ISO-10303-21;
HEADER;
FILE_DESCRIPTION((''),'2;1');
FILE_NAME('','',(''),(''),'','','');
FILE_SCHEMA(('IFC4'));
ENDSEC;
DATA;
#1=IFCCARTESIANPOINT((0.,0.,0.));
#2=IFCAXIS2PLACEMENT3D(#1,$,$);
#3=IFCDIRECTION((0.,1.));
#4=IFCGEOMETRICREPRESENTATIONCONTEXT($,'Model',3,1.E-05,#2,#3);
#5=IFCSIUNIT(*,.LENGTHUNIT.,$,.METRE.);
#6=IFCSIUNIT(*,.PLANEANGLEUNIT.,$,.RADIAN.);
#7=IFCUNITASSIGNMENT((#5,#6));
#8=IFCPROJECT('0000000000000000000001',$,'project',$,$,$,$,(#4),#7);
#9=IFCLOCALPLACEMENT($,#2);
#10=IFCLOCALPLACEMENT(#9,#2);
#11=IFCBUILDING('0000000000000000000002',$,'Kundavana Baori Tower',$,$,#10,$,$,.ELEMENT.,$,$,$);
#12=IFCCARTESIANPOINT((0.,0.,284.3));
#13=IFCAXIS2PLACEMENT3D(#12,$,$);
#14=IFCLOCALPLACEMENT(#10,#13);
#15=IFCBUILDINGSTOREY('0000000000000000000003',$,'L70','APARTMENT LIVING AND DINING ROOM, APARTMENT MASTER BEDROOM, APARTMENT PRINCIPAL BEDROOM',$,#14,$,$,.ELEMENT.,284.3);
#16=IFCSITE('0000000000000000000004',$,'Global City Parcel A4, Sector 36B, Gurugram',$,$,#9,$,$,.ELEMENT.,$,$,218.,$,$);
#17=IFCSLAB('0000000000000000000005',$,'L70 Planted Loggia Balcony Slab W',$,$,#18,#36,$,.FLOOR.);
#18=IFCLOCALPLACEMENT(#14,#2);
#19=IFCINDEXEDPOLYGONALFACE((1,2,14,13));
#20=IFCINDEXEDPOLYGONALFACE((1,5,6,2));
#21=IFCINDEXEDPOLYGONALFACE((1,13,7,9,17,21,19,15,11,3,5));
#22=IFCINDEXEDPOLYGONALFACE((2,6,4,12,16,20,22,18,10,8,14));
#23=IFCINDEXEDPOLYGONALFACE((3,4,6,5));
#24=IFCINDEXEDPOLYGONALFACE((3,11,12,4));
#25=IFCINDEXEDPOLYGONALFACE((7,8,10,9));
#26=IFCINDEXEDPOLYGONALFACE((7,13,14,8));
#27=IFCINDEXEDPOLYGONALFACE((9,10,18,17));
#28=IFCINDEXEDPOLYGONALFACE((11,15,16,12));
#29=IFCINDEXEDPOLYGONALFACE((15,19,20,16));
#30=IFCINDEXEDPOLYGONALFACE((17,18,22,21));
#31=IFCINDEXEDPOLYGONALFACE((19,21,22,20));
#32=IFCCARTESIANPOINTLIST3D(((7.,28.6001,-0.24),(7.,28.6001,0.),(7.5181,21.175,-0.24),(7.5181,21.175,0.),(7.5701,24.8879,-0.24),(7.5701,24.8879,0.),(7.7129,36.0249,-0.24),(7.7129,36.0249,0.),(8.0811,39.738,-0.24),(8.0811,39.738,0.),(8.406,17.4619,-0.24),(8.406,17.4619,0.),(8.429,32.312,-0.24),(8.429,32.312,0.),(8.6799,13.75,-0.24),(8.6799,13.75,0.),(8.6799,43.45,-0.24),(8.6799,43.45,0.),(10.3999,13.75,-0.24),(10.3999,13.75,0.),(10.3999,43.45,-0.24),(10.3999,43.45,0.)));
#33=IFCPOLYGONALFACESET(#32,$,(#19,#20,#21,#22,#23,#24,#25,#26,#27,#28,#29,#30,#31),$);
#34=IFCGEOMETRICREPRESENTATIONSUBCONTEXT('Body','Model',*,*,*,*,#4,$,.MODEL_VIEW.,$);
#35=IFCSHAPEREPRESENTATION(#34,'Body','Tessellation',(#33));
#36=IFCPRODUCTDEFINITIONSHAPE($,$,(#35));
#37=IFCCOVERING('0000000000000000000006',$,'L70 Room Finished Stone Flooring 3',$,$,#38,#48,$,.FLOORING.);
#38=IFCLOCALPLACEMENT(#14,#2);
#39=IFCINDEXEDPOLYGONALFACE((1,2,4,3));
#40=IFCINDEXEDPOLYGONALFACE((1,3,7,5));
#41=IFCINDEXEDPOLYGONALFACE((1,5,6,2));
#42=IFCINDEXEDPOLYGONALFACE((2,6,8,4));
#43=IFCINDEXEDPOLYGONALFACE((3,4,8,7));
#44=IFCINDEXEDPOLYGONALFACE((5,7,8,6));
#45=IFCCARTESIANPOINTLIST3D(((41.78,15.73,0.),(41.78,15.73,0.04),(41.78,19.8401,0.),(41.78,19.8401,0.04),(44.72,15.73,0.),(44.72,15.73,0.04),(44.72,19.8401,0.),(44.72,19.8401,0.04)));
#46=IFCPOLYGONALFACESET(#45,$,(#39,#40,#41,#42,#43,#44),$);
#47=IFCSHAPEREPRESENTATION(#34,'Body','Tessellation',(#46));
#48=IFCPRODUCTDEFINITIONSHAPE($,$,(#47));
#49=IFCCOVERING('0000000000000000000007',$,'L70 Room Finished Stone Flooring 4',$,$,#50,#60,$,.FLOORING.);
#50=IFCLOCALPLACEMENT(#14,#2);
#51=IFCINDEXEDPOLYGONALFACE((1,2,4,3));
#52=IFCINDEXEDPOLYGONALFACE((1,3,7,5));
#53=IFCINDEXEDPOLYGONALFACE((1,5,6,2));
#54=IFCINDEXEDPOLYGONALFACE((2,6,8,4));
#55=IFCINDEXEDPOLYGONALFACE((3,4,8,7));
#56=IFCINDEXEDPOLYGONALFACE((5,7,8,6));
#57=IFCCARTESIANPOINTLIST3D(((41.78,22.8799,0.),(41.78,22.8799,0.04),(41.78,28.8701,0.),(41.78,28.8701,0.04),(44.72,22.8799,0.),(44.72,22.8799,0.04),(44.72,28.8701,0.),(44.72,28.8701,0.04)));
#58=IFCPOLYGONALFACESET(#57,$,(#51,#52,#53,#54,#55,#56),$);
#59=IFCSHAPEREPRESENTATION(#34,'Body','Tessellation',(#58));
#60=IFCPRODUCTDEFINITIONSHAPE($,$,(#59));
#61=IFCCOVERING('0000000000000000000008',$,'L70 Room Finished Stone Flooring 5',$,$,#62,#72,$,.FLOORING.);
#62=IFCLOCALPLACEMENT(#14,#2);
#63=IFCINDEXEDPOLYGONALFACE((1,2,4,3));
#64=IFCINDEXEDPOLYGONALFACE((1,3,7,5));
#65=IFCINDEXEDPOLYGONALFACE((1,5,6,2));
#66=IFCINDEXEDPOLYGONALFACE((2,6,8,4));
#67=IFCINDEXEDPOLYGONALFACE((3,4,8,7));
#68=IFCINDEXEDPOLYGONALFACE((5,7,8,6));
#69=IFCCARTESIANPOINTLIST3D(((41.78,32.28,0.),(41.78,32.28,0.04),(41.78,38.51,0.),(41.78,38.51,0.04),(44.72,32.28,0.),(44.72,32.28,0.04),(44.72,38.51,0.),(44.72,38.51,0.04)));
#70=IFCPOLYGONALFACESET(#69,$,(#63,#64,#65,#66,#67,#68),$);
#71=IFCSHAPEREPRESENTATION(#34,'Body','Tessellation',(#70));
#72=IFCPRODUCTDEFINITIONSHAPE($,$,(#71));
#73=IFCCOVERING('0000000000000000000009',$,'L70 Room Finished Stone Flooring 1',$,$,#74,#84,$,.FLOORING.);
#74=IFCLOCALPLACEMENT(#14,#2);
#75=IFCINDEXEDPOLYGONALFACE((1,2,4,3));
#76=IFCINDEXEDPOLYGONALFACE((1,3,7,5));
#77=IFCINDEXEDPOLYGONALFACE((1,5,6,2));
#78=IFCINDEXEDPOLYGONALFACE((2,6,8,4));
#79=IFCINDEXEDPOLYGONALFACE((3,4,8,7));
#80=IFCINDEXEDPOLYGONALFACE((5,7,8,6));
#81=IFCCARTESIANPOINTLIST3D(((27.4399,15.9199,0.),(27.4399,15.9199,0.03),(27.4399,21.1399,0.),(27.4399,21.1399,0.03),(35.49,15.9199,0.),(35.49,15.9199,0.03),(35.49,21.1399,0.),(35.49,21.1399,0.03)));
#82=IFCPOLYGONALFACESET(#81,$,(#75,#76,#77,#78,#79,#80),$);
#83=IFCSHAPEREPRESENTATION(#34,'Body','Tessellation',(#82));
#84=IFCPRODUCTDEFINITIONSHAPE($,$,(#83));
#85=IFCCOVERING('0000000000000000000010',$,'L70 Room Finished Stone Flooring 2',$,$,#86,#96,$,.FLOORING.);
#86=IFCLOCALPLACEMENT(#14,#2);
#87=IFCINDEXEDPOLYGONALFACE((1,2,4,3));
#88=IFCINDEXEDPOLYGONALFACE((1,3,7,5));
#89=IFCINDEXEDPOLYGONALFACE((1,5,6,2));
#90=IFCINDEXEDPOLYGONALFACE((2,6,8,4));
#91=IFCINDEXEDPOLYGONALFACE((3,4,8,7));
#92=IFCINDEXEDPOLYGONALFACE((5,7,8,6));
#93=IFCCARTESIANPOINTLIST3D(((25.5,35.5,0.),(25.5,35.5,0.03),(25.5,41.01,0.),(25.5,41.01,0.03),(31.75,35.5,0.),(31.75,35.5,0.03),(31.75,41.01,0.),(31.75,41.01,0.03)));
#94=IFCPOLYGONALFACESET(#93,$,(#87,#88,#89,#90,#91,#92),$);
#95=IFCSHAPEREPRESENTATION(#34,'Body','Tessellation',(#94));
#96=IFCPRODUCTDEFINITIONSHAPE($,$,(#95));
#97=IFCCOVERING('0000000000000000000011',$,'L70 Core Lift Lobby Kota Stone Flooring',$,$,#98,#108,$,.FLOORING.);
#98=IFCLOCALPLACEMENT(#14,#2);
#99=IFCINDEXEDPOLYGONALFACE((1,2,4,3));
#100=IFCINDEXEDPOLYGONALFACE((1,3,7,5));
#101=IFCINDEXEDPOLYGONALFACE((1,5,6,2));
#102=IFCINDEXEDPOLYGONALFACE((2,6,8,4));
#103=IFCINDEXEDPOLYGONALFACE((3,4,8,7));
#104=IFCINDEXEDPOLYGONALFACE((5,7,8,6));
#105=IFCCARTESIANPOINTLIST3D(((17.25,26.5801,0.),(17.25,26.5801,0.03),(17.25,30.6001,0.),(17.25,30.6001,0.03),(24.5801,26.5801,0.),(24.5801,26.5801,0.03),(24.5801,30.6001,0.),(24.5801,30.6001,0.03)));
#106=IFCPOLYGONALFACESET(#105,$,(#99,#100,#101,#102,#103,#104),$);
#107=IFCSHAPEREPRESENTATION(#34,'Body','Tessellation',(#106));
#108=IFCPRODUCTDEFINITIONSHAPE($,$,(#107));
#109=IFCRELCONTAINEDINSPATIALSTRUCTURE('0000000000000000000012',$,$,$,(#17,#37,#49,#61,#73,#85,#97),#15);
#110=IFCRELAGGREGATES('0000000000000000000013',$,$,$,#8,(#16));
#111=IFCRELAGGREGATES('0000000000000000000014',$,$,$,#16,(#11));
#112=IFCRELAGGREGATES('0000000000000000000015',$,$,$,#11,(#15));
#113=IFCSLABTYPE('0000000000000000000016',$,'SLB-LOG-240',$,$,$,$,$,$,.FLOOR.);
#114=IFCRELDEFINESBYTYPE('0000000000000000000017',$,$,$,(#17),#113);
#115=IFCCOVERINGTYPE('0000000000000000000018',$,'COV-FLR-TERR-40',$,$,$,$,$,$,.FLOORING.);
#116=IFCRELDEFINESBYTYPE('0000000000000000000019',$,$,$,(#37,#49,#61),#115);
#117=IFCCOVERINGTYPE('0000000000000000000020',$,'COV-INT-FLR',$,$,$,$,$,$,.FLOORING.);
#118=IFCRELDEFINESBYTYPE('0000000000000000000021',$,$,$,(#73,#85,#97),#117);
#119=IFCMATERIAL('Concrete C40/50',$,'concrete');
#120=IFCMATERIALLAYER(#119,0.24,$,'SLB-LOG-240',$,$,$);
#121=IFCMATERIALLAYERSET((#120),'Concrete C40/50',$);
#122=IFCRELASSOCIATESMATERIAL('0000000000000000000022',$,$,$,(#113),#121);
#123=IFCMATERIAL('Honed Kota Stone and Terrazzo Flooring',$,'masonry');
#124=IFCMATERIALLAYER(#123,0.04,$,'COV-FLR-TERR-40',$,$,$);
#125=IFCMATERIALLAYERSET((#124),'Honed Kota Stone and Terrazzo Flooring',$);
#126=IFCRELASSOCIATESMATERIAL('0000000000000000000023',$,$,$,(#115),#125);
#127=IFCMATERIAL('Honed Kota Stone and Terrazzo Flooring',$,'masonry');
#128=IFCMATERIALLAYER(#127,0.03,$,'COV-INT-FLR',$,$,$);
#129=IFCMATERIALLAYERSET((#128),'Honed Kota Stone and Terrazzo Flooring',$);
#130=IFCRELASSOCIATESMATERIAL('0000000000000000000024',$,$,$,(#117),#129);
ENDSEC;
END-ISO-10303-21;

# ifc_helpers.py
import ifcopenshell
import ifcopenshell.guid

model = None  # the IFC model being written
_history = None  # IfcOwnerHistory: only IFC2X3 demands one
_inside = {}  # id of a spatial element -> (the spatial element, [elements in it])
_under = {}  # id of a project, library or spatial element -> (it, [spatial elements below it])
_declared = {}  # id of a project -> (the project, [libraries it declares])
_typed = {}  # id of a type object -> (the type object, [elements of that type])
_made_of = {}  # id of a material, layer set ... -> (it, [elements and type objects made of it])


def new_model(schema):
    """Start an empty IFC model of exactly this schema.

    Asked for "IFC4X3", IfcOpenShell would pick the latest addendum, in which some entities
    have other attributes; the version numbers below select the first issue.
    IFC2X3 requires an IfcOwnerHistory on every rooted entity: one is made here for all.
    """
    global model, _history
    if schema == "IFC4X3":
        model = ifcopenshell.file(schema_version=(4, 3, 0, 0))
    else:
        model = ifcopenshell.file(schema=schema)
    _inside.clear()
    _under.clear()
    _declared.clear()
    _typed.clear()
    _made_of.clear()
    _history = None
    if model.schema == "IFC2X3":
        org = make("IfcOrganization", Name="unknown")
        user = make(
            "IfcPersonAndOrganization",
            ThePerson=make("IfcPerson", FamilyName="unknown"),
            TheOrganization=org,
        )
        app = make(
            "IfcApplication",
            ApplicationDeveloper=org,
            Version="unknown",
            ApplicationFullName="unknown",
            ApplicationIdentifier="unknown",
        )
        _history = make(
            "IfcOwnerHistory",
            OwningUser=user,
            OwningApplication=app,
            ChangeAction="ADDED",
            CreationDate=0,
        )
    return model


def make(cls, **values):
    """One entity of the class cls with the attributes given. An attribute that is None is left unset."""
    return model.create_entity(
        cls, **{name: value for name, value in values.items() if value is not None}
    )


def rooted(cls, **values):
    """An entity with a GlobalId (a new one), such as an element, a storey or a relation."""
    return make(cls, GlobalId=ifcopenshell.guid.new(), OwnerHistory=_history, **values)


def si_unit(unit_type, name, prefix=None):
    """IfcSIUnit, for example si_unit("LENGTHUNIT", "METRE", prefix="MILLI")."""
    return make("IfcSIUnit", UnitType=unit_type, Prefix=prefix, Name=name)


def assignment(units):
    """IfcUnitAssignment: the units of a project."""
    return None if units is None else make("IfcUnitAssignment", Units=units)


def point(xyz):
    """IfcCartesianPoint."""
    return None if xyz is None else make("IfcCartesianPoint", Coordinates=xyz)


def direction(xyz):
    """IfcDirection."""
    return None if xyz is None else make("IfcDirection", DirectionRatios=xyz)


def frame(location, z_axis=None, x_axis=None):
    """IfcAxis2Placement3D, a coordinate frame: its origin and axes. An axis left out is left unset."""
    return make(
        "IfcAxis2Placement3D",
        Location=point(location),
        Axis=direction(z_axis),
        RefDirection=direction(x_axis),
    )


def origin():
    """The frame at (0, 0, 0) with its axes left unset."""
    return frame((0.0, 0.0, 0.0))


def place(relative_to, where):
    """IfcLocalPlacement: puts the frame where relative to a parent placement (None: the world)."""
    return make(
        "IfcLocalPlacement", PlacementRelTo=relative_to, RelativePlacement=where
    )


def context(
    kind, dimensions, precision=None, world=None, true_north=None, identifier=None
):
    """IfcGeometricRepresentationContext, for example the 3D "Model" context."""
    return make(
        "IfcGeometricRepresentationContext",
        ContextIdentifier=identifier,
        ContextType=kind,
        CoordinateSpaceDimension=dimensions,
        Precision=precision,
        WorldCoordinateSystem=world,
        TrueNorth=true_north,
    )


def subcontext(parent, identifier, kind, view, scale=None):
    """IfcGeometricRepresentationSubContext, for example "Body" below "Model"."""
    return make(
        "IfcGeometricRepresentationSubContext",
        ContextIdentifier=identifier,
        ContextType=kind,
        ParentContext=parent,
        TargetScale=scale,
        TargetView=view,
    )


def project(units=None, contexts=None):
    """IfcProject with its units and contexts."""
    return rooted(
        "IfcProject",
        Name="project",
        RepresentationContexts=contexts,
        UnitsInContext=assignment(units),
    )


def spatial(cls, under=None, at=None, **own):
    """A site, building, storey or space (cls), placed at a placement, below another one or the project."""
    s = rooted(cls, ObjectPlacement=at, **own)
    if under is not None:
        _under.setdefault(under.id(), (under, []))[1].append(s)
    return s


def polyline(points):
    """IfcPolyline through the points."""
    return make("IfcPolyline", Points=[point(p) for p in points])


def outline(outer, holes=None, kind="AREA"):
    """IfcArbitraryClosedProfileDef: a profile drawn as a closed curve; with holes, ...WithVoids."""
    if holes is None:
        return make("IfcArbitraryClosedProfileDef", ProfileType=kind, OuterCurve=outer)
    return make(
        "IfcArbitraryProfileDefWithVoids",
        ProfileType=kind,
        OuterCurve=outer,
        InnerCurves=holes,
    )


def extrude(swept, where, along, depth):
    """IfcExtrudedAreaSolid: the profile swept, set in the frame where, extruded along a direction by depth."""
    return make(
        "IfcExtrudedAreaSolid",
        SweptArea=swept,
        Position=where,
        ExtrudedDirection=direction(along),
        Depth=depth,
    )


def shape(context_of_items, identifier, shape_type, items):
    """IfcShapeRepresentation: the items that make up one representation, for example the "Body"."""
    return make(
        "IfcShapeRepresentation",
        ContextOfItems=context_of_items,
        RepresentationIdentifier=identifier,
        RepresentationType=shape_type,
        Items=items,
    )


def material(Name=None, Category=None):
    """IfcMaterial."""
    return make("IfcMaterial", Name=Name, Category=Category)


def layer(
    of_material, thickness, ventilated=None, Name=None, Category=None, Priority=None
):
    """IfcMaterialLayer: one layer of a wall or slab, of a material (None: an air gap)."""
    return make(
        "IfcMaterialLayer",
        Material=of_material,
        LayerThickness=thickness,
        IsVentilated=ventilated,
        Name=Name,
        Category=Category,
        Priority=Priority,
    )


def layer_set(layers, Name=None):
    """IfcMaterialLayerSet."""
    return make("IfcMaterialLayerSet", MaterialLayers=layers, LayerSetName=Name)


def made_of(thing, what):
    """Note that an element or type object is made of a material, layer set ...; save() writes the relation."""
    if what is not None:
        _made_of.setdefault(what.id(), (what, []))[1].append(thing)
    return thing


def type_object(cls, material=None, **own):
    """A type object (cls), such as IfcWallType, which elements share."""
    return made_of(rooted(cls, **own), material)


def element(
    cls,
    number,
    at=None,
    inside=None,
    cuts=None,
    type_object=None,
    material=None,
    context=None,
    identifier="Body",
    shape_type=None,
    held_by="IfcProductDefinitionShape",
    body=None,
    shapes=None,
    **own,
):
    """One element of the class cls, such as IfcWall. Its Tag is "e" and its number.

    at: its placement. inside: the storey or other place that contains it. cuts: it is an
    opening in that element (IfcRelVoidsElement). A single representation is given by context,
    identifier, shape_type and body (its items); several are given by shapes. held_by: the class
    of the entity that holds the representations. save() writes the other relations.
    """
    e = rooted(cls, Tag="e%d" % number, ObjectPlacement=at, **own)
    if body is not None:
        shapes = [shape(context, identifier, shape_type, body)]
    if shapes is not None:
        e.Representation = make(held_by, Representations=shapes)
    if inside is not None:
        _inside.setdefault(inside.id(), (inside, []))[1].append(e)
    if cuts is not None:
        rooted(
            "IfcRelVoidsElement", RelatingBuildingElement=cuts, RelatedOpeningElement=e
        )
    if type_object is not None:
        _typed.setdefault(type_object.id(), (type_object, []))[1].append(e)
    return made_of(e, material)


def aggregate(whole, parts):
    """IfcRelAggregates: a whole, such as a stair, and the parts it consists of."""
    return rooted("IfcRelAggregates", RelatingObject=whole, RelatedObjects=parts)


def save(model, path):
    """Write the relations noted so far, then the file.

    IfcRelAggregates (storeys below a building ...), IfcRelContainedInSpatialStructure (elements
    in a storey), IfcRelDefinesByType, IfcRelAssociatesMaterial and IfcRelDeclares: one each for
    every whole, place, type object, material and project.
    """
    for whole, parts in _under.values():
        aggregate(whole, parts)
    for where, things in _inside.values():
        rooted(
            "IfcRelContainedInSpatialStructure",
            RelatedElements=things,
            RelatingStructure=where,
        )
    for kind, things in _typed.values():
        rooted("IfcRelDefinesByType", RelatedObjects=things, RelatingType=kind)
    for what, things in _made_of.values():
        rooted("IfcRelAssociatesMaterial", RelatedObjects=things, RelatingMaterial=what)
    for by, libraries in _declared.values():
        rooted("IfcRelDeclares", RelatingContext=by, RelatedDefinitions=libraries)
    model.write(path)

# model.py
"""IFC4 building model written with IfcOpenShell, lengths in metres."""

from ifc_helpers import new_model, si_unit, direction, frame, origin, place, context, subcontext, project, spatial, polyline, outline, extrude, material, layer, layer_set, type_object, element, save


model = new_model("IFC4")

# Units and contexts
model_context = context("Model", 3, precision=1e-05, world=origin(), true_north=direction((0.0, 1.0)))
body_context = subcontext(model_context, "Body", "Model", "MODEL_VIEW")
ifc_project = project(units=[si_unit("LENGTHUNIT", "METRE"), si_unit("PLANEANGLEUNIT", "RADIAN")], contexts=[model_context])

# Site, building, storey
site_placement = place(None, origin())
site = spatial("IfcSite", under=ifc_project, at=site_placement, Name="Global City Parcel A4, Sector 36B, Gurugram", CompositionType="ELEMENT", RefElevation=218.0)
building_placement = place(site_placement, origin())
building = spatial("IfcBuilding", under=site, at=building_placement, Name="Kundavana Baori Tower", CompositionType="ELEMENT")
storey_placement = place(building_placement, frame((0.0, 0.0, 284.3)))
storey = spatial("IfcBuildingStorey", under=building, at=storey_placement, Name="L70", Description="APARTMENT LIVING AND DINING ROOM, APARTMENT MASTER BEDROOM, APARTMENT PRINCIPAL BEDROOM", CompositionType="ELEMENT", Elevation=284.3)

# Slab
ifc_material_1 = material(Name="Concrete C40/50", Category="concrete")
ifc_layer_1 = layer(ifc_material_1, 0.24, Name="SLB-LOG-240")
ifc_layer_set_1 = layer_set([ifc_layer_1], Name="Concrete C40/50")
slab_type_1 = type_object("IfcSlabType", Name="SLB-LOG-240", PredefinedType="FLOOR", material=ifc_layer_set_1)
slab_1_placement = place(storey_placement, frame((0.0, 0.0, -0.24)))
element("IfcSlab", 1, at=slab_1_placement, inside=storey, type_object=slab_type_1, Name="L70 Planted Loggia Balcony Slab W", PredefinedType="FLOOR", context=body_context, shape_type="SweptSolid", body=[
    extrude(outline(polyline([(10.3999, 43.45), (10.3999, 13.75), (8.6799, 13.75), (8.406, 17.4619), (7.5181, 21.175), (7.5701, 24.8879), (7.0, 28.6001), (8.429, 32.312), (7.7129, 36.0249), (8.0811, 39.738), (8.6799, 43.45), (10.3999, 43.45)])), origin(), (0.0, 0.0, 1.0), 0.24),
])

# Coverings
ifc_material_2 = material(Name="Honed Kota Stone and Terrazzo Flooring", Category="masonry")
ifc_layer_2 = layer(ifc_material_2, 0.04, Name="COV-FLR-TERR-40")
ifc_layer_set_2 = layer_set([ifc_layer_2], Name="Honed Kota Stone and Terrazzo Flooring")
covering_type_1 = type_object("IfcCoveringType", Name="COV-FLR-TERR-40", PredefinedType="FLOORING", material=ifc_layer_set_2)
covering_1_placement = place(storey_placement, origin())
element("IfcCovering", 2, at=covering_1_placement, inside=storey, type_object=covering_type_1, Name="L70 Room Finished Stone Flooring 3", PredefinedType="FLOORING", context=body_context, shape_type="SweptSolid", body=[
    extrude(outline(polyline([(41.78, 15.73), (44.72, 15.73), (44.72, 19.8401), (41.78, 19.8401), (41.78, 15.73)])), origin(), (0.0, 0.0, 1.0), 0.04),
])
covering_2_placement = place(storey_placement, origin())
element("IfcCovering", 3, at=covering_2_placement, inside=storey, type_object=covering_type_1, Name="L70 Room Finished Stone Flooring 4", PredefinedType="FLOORING", context=body_context, shape_type="SweptSolid", body=[
    extrude(outline(polyline([(41.78, 22.8799), (44.72, 22.8799), (44.72, 28.8701), (41.78, 28.8701), (41.78, 22.8799)])), origin(), (0.0, 0.0, 1.0), 0.04),
])
covering_3_placement = place(storey_placement, origin())
element("IfcCovering", 4, at=covering_3_placement, inside=storey, type_object=covering_type_1, Name="L70 Room Finished Stone Flooring 5", PredefinedType="FLOORING", context=body_context, shape_type="SweptSolid", body=[
    extrude(outline(polyline([(41.78, 32.28), (44.72, 32.28), (44.72, 38.51), (41.78, 38.51), (41.78, 32.28)])), origin(), (0.0, 0.0, 1.0), 0.04),
])
ifc_material_3 = material(Name="Honed Kota Stone and Terrazzo Flooring", Category="masonry")
ifc_layer_3 = layer(ifc_material_3, 0.03, Name="COV-INT-FLR")
ifc_layer_set_3 = layer_set([ifc_layer_3], Name="Honed Kota Stone and Terrazzo Flooring")
covering_type_2 = type_object("IfcCoveringType", Name="COV-INT-FLR", PredefinedType="FLOORING", material=ifc_layer_set_3)
covering_4_placement = place(storey_placement, origin())
element("IfcCovering", 5, at=covering_4_placement, inside=storey, type_object=covering_type_2, Name="L70 Room Finished Stone Flooring 1", PredefinedType="FLOORING", context=body_context, shape_type="SweptSolid", body=[
    extrude(outline(polyline([(27.4399, 15.9199), (35.49, 15.9199), (35.49, 21.1399), (27.4399, 21.1399), (27.4399, 15.9199)])), origin(), (0.0, 0.0, 1.0), 0.03),
])
covering_5_placement = place(storey_placement, origin())
element("IfcCovering", 6, at=covering_5_placement, inside=storey, type_object=covering_type_2, Name="L70 Room Finished Stone Flooring 2", PredefinedType="FLOORING", context=body_context, shape_type="SweptSolid", body=[
    extrude(outline(polyline([(25.5, 35.5), (31.75, 35.5), (31.75, 41.01), (25.5, 41.01), (25.5, 35.5)])), origin(), (0.0, 0.0, 1.0), 0.03),
])
covering_6_placement = place(storey_placement, origin())
element("IfcCovering", 7, at=covering_6_placement, inside=storey, type_object=covering_type_2, Name="L70 Core Lift Lobby Kota Stone Flooring", PredefinedType="FLOORING", context=body_context, shape_type="SweptSolid", body=[
    extrude(outline(polyline([(17.25, 26.5801), (24.5801, 26.5801), (24.5801, 30.6001), (17.25, 30.6001), (17.25, 26.5801)])), origin(), (0.0, 0.0, 1.0), 0.03),
])

save(model, "model.ifc")
